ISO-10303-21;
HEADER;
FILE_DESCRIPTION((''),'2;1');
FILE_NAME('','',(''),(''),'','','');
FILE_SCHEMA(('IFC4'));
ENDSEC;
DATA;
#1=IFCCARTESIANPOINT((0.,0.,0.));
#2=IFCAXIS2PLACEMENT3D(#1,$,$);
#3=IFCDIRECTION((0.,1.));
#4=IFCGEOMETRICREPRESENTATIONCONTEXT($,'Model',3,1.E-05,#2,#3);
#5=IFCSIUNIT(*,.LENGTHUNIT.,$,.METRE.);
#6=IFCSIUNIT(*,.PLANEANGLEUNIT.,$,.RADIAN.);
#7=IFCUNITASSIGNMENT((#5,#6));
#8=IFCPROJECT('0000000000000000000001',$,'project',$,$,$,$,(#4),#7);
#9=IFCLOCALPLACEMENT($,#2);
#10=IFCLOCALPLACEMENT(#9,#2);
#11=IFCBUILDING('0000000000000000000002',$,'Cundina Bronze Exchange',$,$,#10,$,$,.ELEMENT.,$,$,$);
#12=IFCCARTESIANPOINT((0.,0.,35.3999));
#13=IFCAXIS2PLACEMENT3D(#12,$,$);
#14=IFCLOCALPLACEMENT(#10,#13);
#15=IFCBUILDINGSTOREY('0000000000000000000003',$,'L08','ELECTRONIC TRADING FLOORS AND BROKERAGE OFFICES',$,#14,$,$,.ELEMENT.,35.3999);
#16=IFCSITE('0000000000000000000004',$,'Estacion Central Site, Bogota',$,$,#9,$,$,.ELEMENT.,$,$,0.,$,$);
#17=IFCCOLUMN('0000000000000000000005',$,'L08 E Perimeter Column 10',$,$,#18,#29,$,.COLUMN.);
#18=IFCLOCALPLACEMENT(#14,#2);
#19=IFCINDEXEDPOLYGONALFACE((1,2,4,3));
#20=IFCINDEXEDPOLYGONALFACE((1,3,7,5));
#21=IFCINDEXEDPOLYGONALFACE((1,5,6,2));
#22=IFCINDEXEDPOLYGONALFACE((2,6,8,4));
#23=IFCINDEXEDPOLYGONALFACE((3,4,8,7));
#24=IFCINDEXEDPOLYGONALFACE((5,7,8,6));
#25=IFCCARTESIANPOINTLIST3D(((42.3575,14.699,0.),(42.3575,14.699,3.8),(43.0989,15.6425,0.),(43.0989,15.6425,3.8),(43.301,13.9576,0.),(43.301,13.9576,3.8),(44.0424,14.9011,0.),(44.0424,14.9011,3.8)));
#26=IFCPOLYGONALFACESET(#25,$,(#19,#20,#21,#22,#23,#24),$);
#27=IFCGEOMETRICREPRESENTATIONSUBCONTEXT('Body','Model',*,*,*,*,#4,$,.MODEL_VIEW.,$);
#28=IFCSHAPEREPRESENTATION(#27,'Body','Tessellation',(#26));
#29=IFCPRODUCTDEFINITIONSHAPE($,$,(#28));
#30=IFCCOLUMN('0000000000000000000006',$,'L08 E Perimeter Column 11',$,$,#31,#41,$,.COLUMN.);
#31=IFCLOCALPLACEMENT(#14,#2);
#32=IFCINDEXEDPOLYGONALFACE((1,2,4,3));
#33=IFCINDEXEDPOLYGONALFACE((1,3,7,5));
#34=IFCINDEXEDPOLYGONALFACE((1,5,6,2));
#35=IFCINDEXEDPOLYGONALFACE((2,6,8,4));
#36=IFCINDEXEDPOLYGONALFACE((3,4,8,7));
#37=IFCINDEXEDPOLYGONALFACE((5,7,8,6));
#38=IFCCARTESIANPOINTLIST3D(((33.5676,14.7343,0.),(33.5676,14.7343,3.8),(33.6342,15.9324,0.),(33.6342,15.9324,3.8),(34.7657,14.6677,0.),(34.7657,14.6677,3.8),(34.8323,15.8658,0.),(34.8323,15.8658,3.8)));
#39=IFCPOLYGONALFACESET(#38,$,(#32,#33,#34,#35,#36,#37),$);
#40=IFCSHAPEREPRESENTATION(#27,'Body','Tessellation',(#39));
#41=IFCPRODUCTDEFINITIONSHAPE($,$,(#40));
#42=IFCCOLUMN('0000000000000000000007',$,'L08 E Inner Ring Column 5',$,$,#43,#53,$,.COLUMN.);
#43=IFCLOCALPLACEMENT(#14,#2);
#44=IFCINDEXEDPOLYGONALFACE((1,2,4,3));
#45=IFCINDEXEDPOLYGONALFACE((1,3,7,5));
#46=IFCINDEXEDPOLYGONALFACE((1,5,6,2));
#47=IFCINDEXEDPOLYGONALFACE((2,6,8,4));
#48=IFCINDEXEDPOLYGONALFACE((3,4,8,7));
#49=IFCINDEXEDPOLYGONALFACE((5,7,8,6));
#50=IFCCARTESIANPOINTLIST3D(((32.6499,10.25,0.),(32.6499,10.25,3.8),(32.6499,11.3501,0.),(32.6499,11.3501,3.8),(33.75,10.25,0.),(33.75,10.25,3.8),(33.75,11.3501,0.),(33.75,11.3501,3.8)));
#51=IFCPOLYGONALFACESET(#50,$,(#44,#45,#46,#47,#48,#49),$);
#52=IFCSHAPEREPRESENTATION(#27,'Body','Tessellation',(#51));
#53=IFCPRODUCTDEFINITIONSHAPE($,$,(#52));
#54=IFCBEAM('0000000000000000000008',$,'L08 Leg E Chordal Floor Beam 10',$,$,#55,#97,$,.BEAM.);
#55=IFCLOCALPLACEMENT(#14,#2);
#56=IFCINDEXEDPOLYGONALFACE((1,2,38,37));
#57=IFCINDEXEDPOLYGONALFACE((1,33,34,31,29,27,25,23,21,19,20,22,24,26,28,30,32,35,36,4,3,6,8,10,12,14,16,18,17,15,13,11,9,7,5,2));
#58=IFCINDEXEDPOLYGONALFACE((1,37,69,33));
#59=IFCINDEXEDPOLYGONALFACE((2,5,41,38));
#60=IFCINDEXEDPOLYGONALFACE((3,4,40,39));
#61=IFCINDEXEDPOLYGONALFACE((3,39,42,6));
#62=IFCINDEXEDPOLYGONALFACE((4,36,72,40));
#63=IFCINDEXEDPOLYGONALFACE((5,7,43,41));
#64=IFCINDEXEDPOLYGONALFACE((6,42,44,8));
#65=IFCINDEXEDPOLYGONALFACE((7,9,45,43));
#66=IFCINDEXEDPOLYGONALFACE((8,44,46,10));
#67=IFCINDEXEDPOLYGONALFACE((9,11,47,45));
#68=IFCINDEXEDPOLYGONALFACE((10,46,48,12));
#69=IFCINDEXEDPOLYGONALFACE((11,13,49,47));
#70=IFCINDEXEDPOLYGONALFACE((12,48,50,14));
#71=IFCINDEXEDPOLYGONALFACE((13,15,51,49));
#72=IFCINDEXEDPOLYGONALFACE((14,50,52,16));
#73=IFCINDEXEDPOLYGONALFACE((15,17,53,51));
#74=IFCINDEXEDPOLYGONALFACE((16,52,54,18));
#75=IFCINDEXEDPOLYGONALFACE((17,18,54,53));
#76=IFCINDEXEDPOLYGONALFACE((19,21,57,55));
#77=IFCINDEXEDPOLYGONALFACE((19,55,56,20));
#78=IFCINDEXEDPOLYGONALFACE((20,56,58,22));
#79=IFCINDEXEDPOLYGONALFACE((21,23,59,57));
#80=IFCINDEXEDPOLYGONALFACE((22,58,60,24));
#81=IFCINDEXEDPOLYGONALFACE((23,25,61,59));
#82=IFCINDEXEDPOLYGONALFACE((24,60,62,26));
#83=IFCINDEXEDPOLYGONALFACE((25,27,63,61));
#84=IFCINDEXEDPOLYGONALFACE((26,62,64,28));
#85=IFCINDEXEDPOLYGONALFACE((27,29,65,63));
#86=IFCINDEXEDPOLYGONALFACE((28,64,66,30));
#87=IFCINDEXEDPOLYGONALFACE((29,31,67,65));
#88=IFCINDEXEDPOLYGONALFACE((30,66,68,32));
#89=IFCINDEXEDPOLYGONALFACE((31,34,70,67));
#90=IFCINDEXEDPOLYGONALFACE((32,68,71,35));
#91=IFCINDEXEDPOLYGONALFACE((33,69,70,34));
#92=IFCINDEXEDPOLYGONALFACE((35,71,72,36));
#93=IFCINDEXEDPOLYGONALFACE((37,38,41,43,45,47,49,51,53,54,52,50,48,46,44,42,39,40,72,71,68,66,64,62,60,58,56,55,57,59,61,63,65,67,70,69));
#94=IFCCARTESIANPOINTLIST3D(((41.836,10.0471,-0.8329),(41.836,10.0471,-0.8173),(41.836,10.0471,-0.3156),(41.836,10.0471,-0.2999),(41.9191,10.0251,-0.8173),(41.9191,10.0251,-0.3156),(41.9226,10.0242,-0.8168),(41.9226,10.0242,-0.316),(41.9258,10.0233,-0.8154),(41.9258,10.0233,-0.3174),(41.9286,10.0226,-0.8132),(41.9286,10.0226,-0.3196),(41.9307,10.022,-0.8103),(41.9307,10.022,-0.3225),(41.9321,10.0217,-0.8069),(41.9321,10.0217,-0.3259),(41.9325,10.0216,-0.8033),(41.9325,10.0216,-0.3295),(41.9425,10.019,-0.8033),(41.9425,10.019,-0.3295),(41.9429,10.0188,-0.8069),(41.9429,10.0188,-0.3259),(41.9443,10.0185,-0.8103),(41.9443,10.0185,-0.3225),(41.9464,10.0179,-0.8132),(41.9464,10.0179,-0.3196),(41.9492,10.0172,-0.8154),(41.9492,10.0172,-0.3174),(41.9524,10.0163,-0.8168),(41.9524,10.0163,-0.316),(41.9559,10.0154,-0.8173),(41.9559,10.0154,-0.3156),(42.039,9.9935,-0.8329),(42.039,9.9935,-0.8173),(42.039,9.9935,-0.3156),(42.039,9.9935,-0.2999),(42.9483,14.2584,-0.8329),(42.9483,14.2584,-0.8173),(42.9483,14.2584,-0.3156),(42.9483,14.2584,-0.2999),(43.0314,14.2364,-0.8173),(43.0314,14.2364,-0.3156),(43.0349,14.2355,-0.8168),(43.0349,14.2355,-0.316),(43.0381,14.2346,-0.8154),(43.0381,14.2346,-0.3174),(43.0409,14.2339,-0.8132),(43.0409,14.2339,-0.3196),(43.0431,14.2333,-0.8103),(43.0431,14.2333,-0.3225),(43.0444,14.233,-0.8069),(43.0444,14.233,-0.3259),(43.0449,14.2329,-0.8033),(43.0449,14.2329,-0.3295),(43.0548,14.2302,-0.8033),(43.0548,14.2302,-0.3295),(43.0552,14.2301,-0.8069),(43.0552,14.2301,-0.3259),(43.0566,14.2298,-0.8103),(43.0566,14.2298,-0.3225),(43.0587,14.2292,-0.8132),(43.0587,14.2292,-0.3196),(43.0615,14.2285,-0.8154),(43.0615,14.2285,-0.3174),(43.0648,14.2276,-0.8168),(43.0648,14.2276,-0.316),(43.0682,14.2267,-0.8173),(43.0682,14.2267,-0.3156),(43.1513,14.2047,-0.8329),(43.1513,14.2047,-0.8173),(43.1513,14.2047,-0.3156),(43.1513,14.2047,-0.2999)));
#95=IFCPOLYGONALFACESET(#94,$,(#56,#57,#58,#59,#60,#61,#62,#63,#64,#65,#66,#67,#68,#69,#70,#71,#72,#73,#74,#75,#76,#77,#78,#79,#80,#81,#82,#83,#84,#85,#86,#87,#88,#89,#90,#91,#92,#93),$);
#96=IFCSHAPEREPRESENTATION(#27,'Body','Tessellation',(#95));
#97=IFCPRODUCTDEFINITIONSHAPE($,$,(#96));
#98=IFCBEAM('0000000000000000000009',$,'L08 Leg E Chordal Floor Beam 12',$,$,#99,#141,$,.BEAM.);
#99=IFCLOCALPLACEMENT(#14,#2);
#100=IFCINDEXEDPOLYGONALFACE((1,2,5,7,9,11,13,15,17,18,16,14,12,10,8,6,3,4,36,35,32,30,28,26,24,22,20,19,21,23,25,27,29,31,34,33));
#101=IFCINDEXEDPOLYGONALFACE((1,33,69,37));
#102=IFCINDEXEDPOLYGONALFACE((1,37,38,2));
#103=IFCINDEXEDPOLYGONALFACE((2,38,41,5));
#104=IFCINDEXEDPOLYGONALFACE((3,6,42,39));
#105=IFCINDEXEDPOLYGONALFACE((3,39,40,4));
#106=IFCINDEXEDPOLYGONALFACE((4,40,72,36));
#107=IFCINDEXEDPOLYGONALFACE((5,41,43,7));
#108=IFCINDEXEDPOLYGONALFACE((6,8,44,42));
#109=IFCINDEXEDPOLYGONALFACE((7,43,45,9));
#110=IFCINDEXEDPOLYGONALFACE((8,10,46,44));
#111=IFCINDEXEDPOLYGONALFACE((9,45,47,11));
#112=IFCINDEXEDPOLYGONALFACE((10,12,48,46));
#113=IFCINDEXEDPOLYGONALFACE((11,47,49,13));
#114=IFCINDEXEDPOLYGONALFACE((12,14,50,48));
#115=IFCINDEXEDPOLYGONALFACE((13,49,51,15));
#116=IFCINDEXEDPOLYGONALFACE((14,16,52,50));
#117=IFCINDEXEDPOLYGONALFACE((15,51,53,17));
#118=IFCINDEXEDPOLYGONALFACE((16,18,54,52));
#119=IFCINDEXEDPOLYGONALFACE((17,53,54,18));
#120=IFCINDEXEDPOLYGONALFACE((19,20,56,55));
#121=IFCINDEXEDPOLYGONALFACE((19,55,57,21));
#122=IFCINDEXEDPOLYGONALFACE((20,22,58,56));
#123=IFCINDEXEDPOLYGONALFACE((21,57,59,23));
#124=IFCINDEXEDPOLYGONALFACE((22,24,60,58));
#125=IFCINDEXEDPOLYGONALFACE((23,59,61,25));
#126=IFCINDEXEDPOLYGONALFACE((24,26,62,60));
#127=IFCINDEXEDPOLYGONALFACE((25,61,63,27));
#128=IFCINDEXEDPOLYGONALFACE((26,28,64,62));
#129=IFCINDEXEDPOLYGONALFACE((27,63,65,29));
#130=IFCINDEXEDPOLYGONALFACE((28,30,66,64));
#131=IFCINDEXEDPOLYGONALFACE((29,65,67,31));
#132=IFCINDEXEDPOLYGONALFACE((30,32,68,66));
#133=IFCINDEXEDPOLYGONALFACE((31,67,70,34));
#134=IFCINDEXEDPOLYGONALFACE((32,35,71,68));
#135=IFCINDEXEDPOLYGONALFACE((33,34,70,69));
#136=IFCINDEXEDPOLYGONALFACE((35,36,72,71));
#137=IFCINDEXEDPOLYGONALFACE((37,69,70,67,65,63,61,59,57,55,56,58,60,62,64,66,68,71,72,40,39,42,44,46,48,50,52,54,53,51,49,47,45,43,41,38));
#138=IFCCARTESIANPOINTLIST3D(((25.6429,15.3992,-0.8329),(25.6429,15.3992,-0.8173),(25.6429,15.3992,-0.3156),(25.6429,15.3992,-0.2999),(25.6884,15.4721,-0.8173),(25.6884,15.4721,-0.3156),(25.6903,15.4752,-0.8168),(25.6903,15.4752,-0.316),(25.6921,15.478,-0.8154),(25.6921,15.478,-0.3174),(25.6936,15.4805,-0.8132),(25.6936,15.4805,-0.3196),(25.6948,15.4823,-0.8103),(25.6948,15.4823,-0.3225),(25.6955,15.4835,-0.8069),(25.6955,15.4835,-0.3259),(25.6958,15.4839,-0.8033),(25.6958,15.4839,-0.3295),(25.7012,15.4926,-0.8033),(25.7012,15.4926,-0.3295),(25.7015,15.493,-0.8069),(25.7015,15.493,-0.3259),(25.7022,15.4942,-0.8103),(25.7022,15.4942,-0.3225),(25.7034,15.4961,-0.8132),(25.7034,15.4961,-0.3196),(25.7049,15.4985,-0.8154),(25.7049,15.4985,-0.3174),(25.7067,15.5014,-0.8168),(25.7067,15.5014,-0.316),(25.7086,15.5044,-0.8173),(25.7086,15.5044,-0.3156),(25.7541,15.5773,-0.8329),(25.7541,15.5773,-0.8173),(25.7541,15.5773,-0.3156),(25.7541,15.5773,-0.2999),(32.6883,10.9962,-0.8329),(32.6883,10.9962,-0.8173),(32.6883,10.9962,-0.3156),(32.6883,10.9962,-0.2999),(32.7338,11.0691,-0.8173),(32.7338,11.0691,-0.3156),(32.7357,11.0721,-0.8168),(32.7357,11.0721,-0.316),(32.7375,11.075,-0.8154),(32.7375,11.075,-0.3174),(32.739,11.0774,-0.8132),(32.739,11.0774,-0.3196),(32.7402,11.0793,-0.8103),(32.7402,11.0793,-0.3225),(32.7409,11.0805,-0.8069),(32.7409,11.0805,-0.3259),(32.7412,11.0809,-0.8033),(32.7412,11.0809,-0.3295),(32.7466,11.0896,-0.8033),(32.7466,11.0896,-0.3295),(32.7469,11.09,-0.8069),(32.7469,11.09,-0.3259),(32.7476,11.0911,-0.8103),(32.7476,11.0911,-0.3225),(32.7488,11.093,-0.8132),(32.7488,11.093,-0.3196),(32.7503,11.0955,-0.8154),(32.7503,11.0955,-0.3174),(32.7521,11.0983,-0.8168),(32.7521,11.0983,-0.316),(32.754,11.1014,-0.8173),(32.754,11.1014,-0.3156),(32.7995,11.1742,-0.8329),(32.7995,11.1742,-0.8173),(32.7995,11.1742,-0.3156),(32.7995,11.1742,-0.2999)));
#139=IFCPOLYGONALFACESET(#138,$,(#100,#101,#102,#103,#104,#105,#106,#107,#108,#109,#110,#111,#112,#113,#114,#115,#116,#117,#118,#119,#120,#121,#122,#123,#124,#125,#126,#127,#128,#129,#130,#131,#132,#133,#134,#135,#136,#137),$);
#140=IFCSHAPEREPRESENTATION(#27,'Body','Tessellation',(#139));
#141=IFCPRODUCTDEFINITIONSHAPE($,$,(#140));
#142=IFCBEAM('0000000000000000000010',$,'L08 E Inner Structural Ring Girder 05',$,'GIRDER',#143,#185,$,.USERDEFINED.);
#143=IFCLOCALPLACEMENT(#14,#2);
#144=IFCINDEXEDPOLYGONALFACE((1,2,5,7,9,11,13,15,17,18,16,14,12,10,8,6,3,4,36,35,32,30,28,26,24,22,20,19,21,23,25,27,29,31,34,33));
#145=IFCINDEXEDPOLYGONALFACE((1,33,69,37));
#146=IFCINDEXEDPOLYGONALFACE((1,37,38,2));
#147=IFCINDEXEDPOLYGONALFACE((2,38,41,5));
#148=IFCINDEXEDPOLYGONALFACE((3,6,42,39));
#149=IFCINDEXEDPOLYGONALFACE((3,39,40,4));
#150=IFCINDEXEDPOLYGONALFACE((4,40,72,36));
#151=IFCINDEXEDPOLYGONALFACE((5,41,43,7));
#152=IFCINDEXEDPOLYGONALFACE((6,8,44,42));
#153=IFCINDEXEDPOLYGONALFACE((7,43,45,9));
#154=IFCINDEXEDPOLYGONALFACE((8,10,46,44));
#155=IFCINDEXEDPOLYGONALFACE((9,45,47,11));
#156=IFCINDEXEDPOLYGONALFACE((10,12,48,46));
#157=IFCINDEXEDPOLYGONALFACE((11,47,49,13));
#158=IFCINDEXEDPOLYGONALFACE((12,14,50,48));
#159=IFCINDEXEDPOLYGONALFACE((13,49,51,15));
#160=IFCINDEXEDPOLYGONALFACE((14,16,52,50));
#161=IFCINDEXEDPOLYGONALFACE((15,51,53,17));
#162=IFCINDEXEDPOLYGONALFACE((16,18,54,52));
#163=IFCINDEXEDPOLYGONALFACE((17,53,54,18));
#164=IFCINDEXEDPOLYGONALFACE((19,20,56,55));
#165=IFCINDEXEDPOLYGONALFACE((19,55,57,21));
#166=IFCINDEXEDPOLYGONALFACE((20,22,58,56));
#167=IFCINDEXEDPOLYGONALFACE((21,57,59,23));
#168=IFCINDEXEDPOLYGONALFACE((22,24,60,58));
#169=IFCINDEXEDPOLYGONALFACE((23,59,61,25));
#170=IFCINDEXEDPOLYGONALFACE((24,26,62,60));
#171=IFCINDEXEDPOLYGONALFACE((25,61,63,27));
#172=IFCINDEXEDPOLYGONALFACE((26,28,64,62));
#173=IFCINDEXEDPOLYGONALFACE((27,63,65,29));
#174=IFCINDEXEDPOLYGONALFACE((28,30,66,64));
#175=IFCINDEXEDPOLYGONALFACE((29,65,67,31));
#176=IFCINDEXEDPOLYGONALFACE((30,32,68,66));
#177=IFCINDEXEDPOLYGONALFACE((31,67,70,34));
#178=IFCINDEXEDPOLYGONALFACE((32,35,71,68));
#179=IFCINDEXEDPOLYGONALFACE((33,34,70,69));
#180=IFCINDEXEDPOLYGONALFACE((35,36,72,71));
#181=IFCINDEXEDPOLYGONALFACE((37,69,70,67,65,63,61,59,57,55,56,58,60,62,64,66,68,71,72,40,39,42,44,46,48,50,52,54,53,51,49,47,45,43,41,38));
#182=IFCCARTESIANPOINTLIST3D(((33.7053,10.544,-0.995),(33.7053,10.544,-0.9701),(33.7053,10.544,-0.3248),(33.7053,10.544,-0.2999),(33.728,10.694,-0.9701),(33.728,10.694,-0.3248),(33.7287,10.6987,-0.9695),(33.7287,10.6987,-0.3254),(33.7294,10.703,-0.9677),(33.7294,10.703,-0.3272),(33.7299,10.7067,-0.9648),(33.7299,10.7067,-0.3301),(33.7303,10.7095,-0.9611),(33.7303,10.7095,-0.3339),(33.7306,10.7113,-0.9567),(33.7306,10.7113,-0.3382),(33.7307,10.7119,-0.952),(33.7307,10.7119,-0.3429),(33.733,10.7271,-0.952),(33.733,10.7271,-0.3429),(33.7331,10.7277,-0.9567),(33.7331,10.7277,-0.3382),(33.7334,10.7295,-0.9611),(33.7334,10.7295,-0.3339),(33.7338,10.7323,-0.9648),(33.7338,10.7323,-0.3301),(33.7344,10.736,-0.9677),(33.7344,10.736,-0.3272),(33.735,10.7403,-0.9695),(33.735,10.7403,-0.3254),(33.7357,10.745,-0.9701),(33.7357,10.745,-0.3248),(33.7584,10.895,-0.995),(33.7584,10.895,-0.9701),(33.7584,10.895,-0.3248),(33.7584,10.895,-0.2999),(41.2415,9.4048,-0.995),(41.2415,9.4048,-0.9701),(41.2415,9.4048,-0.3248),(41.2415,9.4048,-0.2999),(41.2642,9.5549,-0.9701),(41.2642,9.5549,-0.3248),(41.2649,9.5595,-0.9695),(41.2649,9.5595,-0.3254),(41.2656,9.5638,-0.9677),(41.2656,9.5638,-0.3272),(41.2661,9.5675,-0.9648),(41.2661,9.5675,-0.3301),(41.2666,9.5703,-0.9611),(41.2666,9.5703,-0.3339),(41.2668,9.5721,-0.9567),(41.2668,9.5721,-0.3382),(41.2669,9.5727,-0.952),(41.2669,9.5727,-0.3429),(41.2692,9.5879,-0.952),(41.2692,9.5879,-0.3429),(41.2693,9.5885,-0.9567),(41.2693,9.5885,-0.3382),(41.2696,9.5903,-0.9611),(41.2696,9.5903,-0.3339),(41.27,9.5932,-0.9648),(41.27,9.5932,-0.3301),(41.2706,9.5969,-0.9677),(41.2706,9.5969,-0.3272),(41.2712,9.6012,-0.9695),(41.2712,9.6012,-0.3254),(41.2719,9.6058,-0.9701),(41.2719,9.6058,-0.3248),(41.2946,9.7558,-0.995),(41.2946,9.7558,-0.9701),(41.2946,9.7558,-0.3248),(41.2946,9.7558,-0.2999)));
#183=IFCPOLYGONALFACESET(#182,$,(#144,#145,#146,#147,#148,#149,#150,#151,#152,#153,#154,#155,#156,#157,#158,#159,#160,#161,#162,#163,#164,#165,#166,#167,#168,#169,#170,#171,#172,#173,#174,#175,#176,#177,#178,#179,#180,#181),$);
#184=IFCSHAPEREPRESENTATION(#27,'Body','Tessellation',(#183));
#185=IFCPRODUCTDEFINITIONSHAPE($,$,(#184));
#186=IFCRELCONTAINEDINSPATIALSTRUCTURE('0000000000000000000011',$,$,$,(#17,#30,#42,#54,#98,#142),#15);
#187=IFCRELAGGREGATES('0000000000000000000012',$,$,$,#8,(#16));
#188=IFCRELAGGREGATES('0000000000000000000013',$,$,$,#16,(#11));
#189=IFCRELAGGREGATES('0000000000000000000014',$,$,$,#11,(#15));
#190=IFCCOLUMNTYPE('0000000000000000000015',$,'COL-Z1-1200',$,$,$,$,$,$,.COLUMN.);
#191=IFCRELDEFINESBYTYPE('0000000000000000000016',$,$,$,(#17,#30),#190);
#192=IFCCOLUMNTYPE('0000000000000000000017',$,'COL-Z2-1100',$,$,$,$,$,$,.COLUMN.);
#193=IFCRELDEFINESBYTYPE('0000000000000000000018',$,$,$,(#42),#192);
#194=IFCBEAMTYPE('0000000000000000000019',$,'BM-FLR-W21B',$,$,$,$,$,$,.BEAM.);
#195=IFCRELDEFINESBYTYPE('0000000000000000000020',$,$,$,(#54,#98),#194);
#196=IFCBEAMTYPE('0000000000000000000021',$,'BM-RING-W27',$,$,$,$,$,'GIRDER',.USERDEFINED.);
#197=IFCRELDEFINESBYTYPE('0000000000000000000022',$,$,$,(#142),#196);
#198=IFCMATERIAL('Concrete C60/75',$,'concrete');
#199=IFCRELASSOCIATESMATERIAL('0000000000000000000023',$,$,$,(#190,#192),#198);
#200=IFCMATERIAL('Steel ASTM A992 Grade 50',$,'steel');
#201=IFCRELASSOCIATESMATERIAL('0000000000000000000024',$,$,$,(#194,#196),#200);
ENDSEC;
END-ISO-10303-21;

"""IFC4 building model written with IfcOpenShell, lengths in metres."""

from ifc_helpers import new_model, si_unit, direction, frame, origin, origin_2d, place, context, subcontext, project, spatial, rectangle, i_section, extrude, material, material_profile, profile_set, type_object, element, save


model = new_model("IFC4")

# Units and contexts
model_context = context("Model", 3, precision=1e-05, world=origin(), true_north=direction((0.0, 1.0)))
body_context = subcontext(model_context, "Body", "Model", "MODEL_VIEW")
ifc_project = project(units=[si_unit("LENGTHUNIT", "METRE"), si_unit("PLANEANGLEUNIT", "RADIAN")], contexts=[model_context])

# Site, building, storey
site_placement = place(None, origin())
site = spatial("IfcSite", under=ifc_project, at=site_placement, Name="Estacion Central Site, Bogota", CompositionType="ELEMENT", RefElevation=0.0)
building_placement = place(site_placement, origin())
building = spatial("IfcBuilding", under=site, at=building_placement, Name="Cundina Bronze Exchange", CompositionType="ELEMENT")
storey_placement = place(building_placement, frame((0.0, 0.0, 35.3999)))
storey = spatial("IfcBuildingStorey", under=building, at=storey_placement, Name="L08", Description="ELECTRONIC TRADING FLOORS AND BROKERAGE OFFICES", CompositionType="ELEMENT", Elevation=35.3999)

# Columns
ifc_material_1 = material(Name="Concrete C60/75", Category="concrete")
ifc_material_profile_1 = material_profile(ifc_material_1, rectangle(XDim=1.2, YDim=1.2, at=origin_2d()), Name="RC1200X1200", Category="concrete")
ifc_profile_set_1 = profile_set([ifc_material_profile_1], Name="Concrete C60/75")
column_type_1 = type_object("IfcColumnType", Name="COL-Z1-1200", PredefinedType="COLUMN", material=ifc_profile_set_1)
for number, where, z_axis, x_axis, name in (
    (1, (43.2, 14.8, 0.0), (0.0, 0.0, 1.0), (-0.786288, 0.61786, 0.0), "L08 E Perimeter Column 10"),
    (2, (34.2, 15.3, 0.0), (0.0, 0.0, 1.0), (-0.99846, 0.055473, 0.0), "L08 E Perimeter Column 11"),
):
    element("IfcColumn", number, at=place(storey_placement, frame(where, z_axis=z_axis, x_axis=x_axis)), inside=storey, type_object=column_type_1, Name=name, PredefinedType="COLUMN", context=body_context, shape_type="SweptSolid", body=[
        extrude(rectangle(XDim=1.2, YDim=1.2, at=origin_2d()), origin(), (0.0, 0.0, 1.0), 3.8),
    ])
ifc_material_profile_2 = material_profile(ifc_material_1, rectangle(XDim=1.1001, YDim=1.1001, at=origin_2d()), Name="RC1100X1100", Category="concrete")
ifc_profile_set_2 = profile_set([ifc_material_profile_2], Name="Concrete C60/75")
column_type_2 = type_object("IfcColumnType", Name="COL-Z2-1100", PredefinedType="COLUMN", material=ifc_profile_set_2)
column_placement = place(storey_placement, frame((33.2, 10.8, 0.0), z_axis=(0.0, 0.0, 1.0), x_axis=(1.0, 0.0, 0.0)))
element("IfcColumn", 3, at=column_placement, inside=storey, type_object=column_type_2, Name="L08 E Inner Ring Column 5", PredefinedType="COLUMN", context=body_context, shape_type="SweptSolid", body=[
    extrude(rectangle(XDim=1.1001, YDim=1.1001, at=origin_2d()), origin(), (0.0, 0.0, 1.0), 3.8),
])

# Beams
ifc_material_2 = material(Name="Steel ASTM A992 Grade 50", Category="steel")
ifc_material_profile_3 = material_profile(ifc_material_2, i_section(OverallWidth=0.21, OverallDepth=0.533, WebThickness=0.0103, FlangeThickness=0.0156, FilletRadius=0.0139, at=origin_2d()), Name="W21X62", Category="steel")
ifc_profile_set_3 = profile_set([ifc_material_profile_3], Name="Steel ASTM A992 Grade 50")
beam_type_1 = type_object("IfcBeamType", Name="BM-FLR-W21B", PredefinedType="BEAM", material=ifc_profile_set_3)
beam_1_placement = place(storey_placement, frame((41.9375, 10.0203, -0.5664), z_axis=(0.255373, 0.966843, 0.0), x_axis=(-0.966843, 0.255373, 0.0)))
element("IfcBeam", 4, at=beam_1_placement, inside=storey, type_object=beam_type_1, Name="L08 Leg E Chordal Floor Beam 10", PredefinedType="BEAM", context=body_context, shape_type="SweptSolid", body=[
    extrude(i_section(OverallWidth=0.21, OverallDepth=0.533, WebThickness=0.0103, FlangeThickness=0.0156, FilletRadius=0.0139, at=origin_2d()), origin(), (0.0, 0.0, 1.0), 4.3557),
])
beam_2_placement = place(storey_placement, frame((32.7439, 11.0852, -0.5664), z_axis=(-0.848015, 0.529973, 0.0), x_axis=(-0.529973, -0.848015, 0.0)))
element("IfcBeam", 5, at=beam_2_placement, inside=storey, type_object=beam_type_1, Name="L08 Leg E Chordal Floor Beam 12", PredefinedType="BEAM", context=body_context, shape_type="SweptSolid", body=[
    extrude(i_section(OverallWidth=0.21, OverallDepth=0.533, WebThickness=0.0103, FlangeThickness=0.0156, FilletRadius=0.0139, at=origin_2d()), origin(), (0.0, 0.0, 1.0), 8.3081),
])
ifc_material_profile_4 = material_profile(ifc_material_2, i_section(OverallWidth=0.355, OverallDepth=0.6951, WebThickness=0.0154, FlangeThickness=0.0249, FilletRadius=0.0181, at=origin_2d()), Name="W27X146", Category="steel")
ifc_profile_set_4 = profile_set([ifc_material_profile_4], Name="Steel ASTM A992 Grade 50")
beam_type_2 = type_object("IfcBeamType", Name="BM-RING-W27", ElementType="GIRDER", PredefinedType="USERDEFINED", material=ifc_profile_set_4)
beam_3_placement = place(storey_placement, frame((41.2681, 9.5803, -0.6475), z_axis=(-0.988767, 0.149462, 0.0), x_axis=(-0.149462, -0.988767, 0.0)))
element("IfcBeam", 6, at=beam_3_placement, inside=storey, type_object=beam_type_2, Name="L08 E Inner Structural Ring Girder 05", ObjectType="GIRDER", PredefinedType="USERDEFINED", context=body_context, shape_type="SweptSolid", body=[
    extrude(i_section(OverallWidth=0.355, OverallDepth=0.6951, WebThickness=0.0154, FlangeThickness=0.0249, FilletRadius=0.0181, at=origin_2d()), origin(), (0.0, 0.0, 1.0), 7.6218),
])

save(model, "model.ifc")
